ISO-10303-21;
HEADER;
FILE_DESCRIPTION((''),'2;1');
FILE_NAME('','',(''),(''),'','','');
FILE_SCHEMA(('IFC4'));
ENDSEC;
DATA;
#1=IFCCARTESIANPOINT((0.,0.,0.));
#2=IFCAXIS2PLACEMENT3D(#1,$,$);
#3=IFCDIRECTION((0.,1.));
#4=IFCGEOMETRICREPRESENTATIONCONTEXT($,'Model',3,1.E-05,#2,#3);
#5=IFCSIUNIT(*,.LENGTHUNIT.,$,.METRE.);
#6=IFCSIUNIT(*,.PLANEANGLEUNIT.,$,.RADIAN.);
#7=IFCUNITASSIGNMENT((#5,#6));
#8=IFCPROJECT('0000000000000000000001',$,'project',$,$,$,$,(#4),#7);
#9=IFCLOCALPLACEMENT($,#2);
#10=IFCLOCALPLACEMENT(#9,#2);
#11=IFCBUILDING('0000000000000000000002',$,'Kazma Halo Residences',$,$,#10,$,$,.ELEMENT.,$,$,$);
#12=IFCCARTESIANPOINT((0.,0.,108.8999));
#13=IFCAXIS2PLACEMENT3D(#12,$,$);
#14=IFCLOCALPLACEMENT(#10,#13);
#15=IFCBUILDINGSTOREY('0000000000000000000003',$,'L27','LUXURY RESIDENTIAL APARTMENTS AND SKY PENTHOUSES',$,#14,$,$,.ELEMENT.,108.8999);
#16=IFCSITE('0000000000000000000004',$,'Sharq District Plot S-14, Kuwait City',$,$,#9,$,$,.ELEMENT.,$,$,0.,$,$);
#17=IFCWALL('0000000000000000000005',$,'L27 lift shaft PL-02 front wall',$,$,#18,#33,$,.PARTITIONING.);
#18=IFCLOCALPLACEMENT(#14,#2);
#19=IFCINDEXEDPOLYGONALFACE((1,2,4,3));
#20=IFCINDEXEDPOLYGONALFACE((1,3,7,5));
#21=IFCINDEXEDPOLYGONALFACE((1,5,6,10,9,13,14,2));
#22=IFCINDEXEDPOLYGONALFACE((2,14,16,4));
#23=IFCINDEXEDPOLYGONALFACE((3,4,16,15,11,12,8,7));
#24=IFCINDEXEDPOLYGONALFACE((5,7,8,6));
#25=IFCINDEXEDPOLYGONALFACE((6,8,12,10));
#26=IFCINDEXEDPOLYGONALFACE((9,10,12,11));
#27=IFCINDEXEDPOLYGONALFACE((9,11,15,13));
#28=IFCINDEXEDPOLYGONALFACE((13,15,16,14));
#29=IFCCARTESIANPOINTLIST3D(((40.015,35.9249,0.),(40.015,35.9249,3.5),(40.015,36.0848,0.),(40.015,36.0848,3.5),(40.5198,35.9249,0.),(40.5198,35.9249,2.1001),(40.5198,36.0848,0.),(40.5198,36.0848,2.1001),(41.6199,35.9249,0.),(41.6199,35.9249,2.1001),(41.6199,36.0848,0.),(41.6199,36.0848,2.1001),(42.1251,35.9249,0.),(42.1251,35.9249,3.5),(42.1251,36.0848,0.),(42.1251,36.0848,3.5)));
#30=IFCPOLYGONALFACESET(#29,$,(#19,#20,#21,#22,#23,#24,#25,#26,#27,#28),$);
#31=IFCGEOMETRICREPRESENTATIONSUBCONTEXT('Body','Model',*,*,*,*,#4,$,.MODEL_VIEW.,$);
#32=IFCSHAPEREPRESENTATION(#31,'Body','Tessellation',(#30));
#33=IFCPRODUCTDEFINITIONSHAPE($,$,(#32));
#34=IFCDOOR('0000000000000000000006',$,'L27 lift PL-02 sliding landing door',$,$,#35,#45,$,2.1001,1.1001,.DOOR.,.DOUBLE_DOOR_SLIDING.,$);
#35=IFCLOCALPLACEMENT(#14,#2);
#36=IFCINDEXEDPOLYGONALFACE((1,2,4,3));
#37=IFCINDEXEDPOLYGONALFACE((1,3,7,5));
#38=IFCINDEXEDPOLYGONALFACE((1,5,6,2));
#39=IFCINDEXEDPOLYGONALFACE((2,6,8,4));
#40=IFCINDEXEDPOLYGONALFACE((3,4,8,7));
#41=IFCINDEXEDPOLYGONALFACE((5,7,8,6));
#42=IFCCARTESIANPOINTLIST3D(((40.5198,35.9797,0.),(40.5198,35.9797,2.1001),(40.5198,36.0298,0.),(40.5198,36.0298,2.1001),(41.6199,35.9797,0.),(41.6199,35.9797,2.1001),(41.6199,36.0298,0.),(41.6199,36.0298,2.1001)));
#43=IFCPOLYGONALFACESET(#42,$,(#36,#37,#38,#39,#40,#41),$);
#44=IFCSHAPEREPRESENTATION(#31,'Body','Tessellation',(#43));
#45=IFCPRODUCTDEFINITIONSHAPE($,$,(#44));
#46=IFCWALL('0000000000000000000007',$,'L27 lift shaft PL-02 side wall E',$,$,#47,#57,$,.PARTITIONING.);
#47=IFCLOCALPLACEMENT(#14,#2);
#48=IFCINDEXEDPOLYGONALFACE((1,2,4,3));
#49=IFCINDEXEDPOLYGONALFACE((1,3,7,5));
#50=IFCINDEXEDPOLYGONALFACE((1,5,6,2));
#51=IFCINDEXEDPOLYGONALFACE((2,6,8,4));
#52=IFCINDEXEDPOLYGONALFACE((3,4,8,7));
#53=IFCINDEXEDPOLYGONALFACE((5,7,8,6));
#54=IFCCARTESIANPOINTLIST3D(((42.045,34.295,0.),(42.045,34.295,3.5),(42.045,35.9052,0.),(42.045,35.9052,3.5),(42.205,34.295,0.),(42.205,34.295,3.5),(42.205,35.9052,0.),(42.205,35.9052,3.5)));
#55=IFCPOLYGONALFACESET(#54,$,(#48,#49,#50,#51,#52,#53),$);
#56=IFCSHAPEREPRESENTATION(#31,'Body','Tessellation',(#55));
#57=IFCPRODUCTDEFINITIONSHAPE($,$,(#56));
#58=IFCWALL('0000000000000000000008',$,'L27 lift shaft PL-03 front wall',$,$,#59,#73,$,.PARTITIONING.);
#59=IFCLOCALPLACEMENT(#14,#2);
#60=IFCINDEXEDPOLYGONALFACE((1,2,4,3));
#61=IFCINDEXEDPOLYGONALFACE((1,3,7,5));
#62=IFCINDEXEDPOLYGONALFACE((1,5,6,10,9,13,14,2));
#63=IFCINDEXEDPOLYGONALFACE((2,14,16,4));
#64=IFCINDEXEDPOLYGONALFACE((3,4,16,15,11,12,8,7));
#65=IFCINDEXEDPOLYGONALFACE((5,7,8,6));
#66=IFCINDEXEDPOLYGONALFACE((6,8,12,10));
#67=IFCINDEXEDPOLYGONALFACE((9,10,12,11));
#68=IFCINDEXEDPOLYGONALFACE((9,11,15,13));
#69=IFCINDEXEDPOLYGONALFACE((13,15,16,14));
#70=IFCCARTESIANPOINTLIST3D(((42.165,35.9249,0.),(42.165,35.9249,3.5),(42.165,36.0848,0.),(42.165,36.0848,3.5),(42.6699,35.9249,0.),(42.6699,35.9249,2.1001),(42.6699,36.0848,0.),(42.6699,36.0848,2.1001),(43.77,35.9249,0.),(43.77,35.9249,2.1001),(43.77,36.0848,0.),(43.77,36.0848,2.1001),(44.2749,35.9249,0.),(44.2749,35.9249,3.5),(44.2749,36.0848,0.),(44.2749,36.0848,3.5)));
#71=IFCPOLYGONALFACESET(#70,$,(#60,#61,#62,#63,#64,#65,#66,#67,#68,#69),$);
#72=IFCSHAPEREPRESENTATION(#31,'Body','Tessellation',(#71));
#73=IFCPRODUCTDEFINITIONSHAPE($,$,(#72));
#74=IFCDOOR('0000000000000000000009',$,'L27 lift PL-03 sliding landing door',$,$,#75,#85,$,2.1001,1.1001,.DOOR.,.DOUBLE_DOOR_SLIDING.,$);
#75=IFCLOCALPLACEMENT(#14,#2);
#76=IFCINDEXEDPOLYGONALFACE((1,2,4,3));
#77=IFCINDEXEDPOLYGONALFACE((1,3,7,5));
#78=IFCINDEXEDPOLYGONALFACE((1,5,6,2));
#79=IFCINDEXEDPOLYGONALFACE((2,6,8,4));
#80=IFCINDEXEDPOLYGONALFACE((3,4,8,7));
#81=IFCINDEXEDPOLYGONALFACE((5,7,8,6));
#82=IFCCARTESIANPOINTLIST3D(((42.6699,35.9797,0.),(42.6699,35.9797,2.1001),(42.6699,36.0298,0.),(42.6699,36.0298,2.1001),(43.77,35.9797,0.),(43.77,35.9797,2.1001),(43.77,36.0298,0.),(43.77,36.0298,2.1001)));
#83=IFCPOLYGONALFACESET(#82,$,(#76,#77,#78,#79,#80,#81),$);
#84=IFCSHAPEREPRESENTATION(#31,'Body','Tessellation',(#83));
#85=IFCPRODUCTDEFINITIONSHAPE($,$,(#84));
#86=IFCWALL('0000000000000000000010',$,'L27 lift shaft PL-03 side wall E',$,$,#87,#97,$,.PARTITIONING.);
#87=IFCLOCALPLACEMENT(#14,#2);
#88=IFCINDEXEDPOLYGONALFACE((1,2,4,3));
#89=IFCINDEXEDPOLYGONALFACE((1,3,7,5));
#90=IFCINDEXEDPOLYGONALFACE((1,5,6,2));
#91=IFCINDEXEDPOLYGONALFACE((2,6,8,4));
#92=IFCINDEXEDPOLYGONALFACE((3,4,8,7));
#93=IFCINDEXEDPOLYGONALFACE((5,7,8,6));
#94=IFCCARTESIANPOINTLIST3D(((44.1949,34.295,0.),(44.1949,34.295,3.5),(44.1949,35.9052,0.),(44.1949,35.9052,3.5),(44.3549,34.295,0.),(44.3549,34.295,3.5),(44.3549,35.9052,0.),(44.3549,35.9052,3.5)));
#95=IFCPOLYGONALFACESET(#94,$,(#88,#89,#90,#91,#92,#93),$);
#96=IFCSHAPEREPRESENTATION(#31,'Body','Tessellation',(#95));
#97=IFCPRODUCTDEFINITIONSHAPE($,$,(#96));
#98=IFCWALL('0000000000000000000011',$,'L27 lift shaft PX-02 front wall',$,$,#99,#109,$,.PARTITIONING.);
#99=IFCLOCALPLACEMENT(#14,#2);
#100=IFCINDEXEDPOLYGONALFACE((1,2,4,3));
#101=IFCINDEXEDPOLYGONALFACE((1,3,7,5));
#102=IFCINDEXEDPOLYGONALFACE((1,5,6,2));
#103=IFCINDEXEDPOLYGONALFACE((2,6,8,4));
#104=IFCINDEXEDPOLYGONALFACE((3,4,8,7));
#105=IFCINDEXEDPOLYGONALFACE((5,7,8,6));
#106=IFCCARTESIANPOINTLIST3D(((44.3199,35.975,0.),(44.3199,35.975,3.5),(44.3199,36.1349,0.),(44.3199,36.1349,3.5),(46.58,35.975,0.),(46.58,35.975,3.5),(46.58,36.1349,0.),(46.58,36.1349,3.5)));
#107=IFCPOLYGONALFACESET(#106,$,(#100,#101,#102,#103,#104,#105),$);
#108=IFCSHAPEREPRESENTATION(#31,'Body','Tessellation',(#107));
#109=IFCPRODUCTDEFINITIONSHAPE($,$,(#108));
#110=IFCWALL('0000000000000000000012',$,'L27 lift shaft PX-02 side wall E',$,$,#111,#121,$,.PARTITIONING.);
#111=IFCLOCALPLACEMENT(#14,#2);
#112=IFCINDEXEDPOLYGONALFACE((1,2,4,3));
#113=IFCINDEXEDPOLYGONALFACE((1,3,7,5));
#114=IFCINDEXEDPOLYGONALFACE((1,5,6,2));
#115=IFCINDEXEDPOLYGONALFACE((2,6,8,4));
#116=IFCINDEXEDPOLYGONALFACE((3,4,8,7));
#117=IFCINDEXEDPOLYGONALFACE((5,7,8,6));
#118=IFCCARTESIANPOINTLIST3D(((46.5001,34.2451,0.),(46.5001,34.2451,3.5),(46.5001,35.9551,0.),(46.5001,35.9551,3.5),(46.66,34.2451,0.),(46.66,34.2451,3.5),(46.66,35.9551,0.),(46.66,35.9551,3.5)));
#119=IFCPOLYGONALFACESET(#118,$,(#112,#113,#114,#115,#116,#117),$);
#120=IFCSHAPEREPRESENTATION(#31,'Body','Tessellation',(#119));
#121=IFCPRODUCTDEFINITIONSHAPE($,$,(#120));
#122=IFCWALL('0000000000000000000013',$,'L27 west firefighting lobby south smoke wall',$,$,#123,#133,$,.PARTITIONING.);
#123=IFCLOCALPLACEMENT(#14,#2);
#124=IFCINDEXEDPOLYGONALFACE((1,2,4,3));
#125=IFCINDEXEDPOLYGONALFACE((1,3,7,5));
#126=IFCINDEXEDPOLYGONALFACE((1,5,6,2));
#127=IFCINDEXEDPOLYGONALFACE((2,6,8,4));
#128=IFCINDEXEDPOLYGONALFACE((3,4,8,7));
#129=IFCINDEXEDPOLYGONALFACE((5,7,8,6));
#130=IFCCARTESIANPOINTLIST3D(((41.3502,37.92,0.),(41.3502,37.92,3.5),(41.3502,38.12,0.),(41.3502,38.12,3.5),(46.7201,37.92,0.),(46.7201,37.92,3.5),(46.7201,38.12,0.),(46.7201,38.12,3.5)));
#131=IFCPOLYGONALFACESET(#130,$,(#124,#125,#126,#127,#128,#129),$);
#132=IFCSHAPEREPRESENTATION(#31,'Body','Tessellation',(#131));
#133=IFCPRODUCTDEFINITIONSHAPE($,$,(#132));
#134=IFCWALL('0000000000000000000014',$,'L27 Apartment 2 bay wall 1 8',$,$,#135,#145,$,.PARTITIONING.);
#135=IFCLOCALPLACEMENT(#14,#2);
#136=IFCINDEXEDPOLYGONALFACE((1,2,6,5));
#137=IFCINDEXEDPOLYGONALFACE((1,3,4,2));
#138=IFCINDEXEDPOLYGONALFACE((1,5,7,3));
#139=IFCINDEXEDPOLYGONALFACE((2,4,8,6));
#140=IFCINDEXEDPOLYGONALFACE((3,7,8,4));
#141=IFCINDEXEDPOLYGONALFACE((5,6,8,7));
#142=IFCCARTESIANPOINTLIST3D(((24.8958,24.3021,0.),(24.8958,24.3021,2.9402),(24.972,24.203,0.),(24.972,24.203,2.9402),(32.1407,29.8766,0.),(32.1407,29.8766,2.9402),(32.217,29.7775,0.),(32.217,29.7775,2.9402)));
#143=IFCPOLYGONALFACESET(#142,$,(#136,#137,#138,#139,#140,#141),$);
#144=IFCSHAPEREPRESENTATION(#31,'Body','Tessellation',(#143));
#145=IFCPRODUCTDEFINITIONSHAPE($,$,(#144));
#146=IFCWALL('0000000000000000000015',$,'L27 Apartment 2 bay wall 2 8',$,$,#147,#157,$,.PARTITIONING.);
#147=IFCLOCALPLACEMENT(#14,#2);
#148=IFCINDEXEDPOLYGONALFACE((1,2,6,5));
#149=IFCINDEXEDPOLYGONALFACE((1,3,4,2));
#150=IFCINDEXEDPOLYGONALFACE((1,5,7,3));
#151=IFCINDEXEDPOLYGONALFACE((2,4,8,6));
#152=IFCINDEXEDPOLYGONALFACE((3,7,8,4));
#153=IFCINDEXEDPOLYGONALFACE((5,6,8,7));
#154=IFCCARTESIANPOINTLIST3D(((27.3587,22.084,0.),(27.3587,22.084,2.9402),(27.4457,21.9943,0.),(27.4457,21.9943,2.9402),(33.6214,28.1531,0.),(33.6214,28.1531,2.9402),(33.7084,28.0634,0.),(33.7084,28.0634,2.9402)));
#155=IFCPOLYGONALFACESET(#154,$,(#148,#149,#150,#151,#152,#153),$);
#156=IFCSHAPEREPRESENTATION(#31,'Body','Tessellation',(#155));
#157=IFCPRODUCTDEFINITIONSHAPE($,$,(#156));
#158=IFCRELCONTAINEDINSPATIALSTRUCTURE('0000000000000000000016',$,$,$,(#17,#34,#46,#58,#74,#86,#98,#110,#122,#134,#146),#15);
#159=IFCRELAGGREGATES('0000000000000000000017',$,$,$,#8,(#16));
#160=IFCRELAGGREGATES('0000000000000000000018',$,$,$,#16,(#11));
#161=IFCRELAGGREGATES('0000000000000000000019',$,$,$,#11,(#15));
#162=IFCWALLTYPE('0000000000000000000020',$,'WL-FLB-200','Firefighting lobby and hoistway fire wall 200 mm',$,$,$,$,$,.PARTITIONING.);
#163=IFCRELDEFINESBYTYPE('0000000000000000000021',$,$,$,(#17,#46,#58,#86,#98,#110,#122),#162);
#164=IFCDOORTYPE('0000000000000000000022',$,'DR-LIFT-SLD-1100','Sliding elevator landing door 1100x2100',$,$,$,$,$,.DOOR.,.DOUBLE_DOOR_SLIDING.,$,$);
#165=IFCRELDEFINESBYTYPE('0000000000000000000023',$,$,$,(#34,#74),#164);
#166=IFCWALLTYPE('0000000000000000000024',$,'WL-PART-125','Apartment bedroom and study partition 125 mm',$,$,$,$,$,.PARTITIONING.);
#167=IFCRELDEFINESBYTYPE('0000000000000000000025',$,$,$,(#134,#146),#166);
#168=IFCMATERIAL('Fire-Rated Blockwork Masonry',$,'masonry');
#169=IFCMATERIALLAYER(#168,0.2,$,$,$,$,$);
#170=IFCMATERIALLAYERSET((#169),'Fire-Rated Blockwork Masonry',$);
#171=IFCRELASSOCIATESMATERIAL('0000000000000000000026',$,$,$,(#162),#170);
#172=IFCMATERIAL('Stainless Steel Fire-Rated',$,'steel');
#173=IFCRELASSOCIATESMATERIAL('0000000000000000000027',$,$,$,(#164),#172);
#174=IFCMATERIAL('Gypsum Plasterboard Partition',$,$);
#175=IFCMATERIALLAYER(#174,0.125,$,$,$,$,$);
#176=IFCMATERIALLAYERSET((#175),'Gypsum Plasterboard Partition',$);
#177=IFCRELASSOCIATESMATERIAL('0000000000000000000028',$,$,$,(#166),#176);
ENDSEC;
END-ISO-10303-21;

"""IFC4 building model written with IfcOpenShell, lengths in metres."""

from ifc_helpers import new_model, si_unit, direction, frame, frame_2d, origin, place, context, subcontext, project, spatial, rectangle, extrude, material, layer, layer_set, type_object, element, fill, save


model = new_model("IFC4")

# Units and contexts
model_context = context("Model", 3, precision=1e-05, world=origin(), true_north=direction((0.0, 1.0)))
body_context = subcontext(model_context, "Body", "Model", "MODEL_VIEW")
ifc_project = project(units=[si_unit("LENGTHUNIT", "METRE"), si_unit("PLANEANGLEUNIT", "RADIAN")], contexts=[model_context])

# Site, building, storey
site_placement = place(None, origin())
site = spatial("IfcSite", under=ifc_project, at=site_placement, Name="Sharq District Plot S-14, Kuwait City", CompositionType="ELEMENT", RefElevation=0.0)
building_placement = place(site_placement, origin())
building = spatial("IfcBuilding", under=site, at=building_placement, Name="Kazma Halo Residences", CompositionType="ELEMENT")
storey_placement = place(building_placement, frame((0.0, 0.0, 108.8999)))
storey = spatial("IfcBuildingStorey", under=building, at=storey_placement, Name="L27", Description="LUXURY RESIDENTIAL APARTMENTS AND SKY PENTHOUSES", CompositionType="ELEMENT", Elevation=108.8999)

# Shared definitions
ifc_material_1 = material(Name="Fire-Rated Blockwork Masonry", Category="masonry")
ifc_layer_1 = layer(ifc_material_1, 0.2)
ifc_layer_set_1 = layer_set([ifc_layer_1], Name="Fire-Rated Blockwork Masonry")
wall_type_1 = type_object("IfcWallType", Name="WL-FLB-200", Description="Firefighting lobby and hoistway fire wall 200 mm", PredefinedType="PARTITIONING", material=ifc_layer_set_1)
ifc_material_2 = material(Name="Stainless Steel Fire-Rated", Category="steel")
door_type_1 = type_object("IfcDoorType", Name="DR-LIFT-SLD-1100", Description="Sliding elevator landing door 1100x2100", OperationType="DOUBLE_DOOR_SLIDING", PredefinedType="DOOR", material=ifc_material_2)

# Wall, opening, door
wall_1_placement = place(storey_placement, frame((40.0149, 36.0049, 0.0), z_axis=(0.0, 0.0, 1.0), x_axis=(1.0, 0.0, 0.0)))
wall_1 = element("IfcWall", 1, at=wall_1_placement, inside=storey, type_object=wall_type_1, Name="L27 lift shaft PL-02 front wall", PredefinedType="PARTITIONING", context=body_context, shape_type="SweptSolid", body=[
    extrude(rectangle(XDim=2.1101, YDim=0.1599, at=frame_2d((1.0552, 0.0))), origin(), (0.0, 0.0, 1.0), 3.5),
])
opening_1_placement = place(wall_1_placement, frame((0.5049, 0.0, 0.0)))
opening_1 = element("IfcOpeningElement", 2, at=opening_1_placement, cuts=wall_1, PredefinedType="OPENING", context=body_context, shape_type="SweptSolid", body=[
    extrude(rectangle(XDim=1.1001, YDim=2.1001, at=frame_2d((0.55, 1.05))), frame((0.0, 0.0898, 0.0), z_axis=(0.0, -1.0, 0.0), x_axis=(1.0, 0.0, 0.0)), (0.0, 0.0, 1.0), 0.1799),
])
door_1_placement = place(opening_1_placement, origin())
door_1 = element("IfcDoor", 3, at=door_1_placement, inside=storey, type_object=door_type_1, Name="L27 lift PL-02 sliding landing door", OperationType="DOUBLE_DOOR_SLIDING", OverallHeight=2.1001, OverallWidth=1.1001, PredefinedType="DOOR", context=body_context, shape_type="SweptSolid", body=[
    extrude(rectangle(XDim=1.1001, YDim=2.1001, at=frame_2d((0.55, 1.05))), frame((0.0, 0.0249, 0.0), z_axis=(0.0, -1.0, 0.0), x_axis=(1.0, 0.0, 0.0)), (0.0, 0.0, 1.0), 0.05),
])
fill(opening_1, door_1)

# Wall
wall_2_placement = place(storey_placement, frame((42.125, 34.2949, 0.0), z_axis=(0.0, 0.0, 1.0), x_axis=(0.0, 1.0, 0.0)))
element("IfcWall", 4, at=wall_2_placement, inside=storey, type_object=wall_type_1, Name="L27 lift shaft PL-02 side wall E", PredefinedType="PARTITIONING", context=body_context, shape_type="SweptSolid", body=[
    extrude(rectangle(XDim=1.6101, YDim=0.1599, at=frame_2d((0.8052, 0.0))), origin(), (0.0, 0.0, 1.0), 3.5),
])

# Wall, opening, door
wall_3_placement = place(storey_placement, frame((42.165, 36.0049, 0.0), z_axis=(0.0, 0.0, 1.0), x_axis=(1.0, 0.0, 0.0)))
wall_3 = element("IfcWall", 5, at=wall_3_placement, inside=storey, type_object=wall_type_1, Name="L27 lift shaft PL-03 front wall", PredefinedType="PARTITIONING", context=body_context, shape_type="SweptSolid", body=[
    extrude(rectangle(XDim=2.1099, YDim=0.1599, at=frame_2d((1.0549, 0.0))), origin(), (0.0, 0.0, 1.0), 3.5),
])
opening_2_placement = place(wall_3_placement, frame((0.5049, 0.0, 0.0)))
opening_2 = element("IfcOpeningElement", 6, at=opening_2_placement, cuts=wall_3, PredefinedType="OPENING", context=body_context, shape_type="SweptSolid", body=[
    extrude(rectangle(XDim=1.1001, YDim=2.1001, at=frame_2d((0.55, 1.05))), frame((0.0, 0.0898, 0.0), z_axis=(0.0, -1.0, 0.0), x_axis=(1.0, 0.0, 0.0)), (0.0, 0.0, 1.0), 0.1799),
])
door_2_placement = place(opening_2_placement, origin())
door_2 = element("IfcDoor", 7, at=door_2_placement, inside=storey, type_object=door_type_1, Name="L27 lift PL-03 sliding landing door", OperationType="DOUBLE_DOOR_SLIDING", OverallHeight=2.1001, OverallWidth=1.1001, PredefinedType="DOOR", context=body_context, shape_type="SweptSolid", body=[
    extrude(rectangle(XDim=1.1001, YDim=2.1001, at=frame_2d((0.55, 1.05))), frame((0.0, 0.0249, 0.0), z_axis=(0.0, -1.0, 0.0), x_axis=(1.0, 0.0, 0.0)), (0.0, 0.0, 1.0), 0.05),
])
fill(opening_2, door_2)

# Walls
wall_4_placement = place(storey_placement, frame((44.2749, 34.2949, 0.0), z_axis=(0.0, 0.0, 1.0), x_axis=(0.0, 1.0, 0.0)))
element("IfcWall", 8, at=wall_4_placement, inside=storey, type_object=wall_type_1, Name="L27 lift shaft PL-03 side wall E", PredefinedType="PARTITIONING", context=body_context, shape_type="SweptSolid", body=[
    extrude(rectangle(XDim=1.6101, YDim=0.1599, at=frame_2d((0.8052, 0.0))), origin(), (0.0, 0.0, 1.0), 3.5),
])
wall_5_placement = place(storey_placement, frame((44.3201, 36.0549, 0.0), z_axis=(0.0, 0.0, 1.0), x_axis=(1.0, 0.0, 0.0)))
element("IfcWall", 9, at=wall_5_placement, inside=storey, type_object=wall_type_1, Name="L27 lift shaft PX-02 front wall", PredefinedType="PARTITIONING", context=body_context, shape_type="SweptSolid", body=[
    extrude(rectangle(XDim=2.26, YDim=0.1599, at=frame_2d((1.1299, 0.0))), origin(), (0.0, 0.0, 1.0), 3.5),
])
wall_6_placement = place(storey_placement, frame((46.5801, 34.2451, 0.0), z_axis=(0.0, 0.0, 1.0), x_axis=(0.0, 1.0, 0.0)))
element("IfcWall", 10, at=wall_6_placement, inside=storey, type_object=wall_type_1, Name="L27 lift shaft PX-02 side wall E", PredefinedType="PARTITIONING", context=body_context, shape_type="SweptSolid", body=[
    extrude(rectangle(XDim=1.71, YDim=0.1599, at=frame_2d((0.855, 0.0))), origin(), (0.0, 0.0, 1.0), 3.5),
])
wall_7_placement = place(storey_placement, frame((41.3501, 38.02, 0.0), z_axis=(0.0, 0.0, 1.0), x_axis=(1.0, 0.0, 0.0)))
element("IfcWall", 11, at=wall_7_placement, inside=storey, type_object=wall_type_1, Name="L27 west firefighting lobby south smoke wall", PredefinedType="PARTITIONING", context=body_context, shape_type="SweptSolid", body=[
    extrude(rectangle(XDim=5.3699, YDim=0.2, at=frame_2d((2.6851, 0.0))), origin(), (0.0, 0.0, 1.0), 3.5),
])
ifc_material_3 = material(Name="Gypsum Plasterboard Partition")
ifc_layer_2 = layer(ifc_material_3, 0.125)
ifc_layer_set_2 = layer_set([ifc_layer_2], Name="Gypsum Plasterboard Partition")
wall_type_2 = type_object("IfcWallType", Name="WL-PART-125", Description="Apartment bedroom and study partition 125 mm", PredefinedType="PARTITIONING", material=ifc_layer_set_2)
wall_8_placement = place(storey_placement, frame((32.179, 29.8271, 0.0), z_axis=(0.0, 0.0, 1.0), x_axis=(-0.792546, -0.609813, 0.0)))
element("IfcWall", 12, at=wall_8_placement, inside=storey, type_object=wall_type_2, Name="L27 Apartment 2 bay wall 1 8", PredefinedType="PARTITIONING", context=body_context, shape_type="SweptSolid", body=[
    extrude(rectangle(XDim=9.1414, YDim=0.125, at=frame_2d((4.5708, 0.0))), origin(), (0.0, 0.0, 1.0), 2.9402),
])
wall_9_placement = place(storey_placement, frame((33.6648, 28.1082, 0.0), z_axis=(0.0, 0.0, 1.0), x_axis=(-0.71812, -0.69592, 0.0)))
element("IfcWall", 13, at=wall_9_placement, inside=storey, type_object=wall_type_2, Name="L27 Apartment 2 bay wall 2 8", PredefinedType="PARTITIONING", context=body_context, shape_type="SweptSolid", body=[
    extrude(rectangle(XDim=8.7209, YDim=0.125, at=frame_2d((4.3604, 0.0))), origin(), (0.0, 0.0, 1.0), 2.9402),
])

save(model, "model.ifc")
